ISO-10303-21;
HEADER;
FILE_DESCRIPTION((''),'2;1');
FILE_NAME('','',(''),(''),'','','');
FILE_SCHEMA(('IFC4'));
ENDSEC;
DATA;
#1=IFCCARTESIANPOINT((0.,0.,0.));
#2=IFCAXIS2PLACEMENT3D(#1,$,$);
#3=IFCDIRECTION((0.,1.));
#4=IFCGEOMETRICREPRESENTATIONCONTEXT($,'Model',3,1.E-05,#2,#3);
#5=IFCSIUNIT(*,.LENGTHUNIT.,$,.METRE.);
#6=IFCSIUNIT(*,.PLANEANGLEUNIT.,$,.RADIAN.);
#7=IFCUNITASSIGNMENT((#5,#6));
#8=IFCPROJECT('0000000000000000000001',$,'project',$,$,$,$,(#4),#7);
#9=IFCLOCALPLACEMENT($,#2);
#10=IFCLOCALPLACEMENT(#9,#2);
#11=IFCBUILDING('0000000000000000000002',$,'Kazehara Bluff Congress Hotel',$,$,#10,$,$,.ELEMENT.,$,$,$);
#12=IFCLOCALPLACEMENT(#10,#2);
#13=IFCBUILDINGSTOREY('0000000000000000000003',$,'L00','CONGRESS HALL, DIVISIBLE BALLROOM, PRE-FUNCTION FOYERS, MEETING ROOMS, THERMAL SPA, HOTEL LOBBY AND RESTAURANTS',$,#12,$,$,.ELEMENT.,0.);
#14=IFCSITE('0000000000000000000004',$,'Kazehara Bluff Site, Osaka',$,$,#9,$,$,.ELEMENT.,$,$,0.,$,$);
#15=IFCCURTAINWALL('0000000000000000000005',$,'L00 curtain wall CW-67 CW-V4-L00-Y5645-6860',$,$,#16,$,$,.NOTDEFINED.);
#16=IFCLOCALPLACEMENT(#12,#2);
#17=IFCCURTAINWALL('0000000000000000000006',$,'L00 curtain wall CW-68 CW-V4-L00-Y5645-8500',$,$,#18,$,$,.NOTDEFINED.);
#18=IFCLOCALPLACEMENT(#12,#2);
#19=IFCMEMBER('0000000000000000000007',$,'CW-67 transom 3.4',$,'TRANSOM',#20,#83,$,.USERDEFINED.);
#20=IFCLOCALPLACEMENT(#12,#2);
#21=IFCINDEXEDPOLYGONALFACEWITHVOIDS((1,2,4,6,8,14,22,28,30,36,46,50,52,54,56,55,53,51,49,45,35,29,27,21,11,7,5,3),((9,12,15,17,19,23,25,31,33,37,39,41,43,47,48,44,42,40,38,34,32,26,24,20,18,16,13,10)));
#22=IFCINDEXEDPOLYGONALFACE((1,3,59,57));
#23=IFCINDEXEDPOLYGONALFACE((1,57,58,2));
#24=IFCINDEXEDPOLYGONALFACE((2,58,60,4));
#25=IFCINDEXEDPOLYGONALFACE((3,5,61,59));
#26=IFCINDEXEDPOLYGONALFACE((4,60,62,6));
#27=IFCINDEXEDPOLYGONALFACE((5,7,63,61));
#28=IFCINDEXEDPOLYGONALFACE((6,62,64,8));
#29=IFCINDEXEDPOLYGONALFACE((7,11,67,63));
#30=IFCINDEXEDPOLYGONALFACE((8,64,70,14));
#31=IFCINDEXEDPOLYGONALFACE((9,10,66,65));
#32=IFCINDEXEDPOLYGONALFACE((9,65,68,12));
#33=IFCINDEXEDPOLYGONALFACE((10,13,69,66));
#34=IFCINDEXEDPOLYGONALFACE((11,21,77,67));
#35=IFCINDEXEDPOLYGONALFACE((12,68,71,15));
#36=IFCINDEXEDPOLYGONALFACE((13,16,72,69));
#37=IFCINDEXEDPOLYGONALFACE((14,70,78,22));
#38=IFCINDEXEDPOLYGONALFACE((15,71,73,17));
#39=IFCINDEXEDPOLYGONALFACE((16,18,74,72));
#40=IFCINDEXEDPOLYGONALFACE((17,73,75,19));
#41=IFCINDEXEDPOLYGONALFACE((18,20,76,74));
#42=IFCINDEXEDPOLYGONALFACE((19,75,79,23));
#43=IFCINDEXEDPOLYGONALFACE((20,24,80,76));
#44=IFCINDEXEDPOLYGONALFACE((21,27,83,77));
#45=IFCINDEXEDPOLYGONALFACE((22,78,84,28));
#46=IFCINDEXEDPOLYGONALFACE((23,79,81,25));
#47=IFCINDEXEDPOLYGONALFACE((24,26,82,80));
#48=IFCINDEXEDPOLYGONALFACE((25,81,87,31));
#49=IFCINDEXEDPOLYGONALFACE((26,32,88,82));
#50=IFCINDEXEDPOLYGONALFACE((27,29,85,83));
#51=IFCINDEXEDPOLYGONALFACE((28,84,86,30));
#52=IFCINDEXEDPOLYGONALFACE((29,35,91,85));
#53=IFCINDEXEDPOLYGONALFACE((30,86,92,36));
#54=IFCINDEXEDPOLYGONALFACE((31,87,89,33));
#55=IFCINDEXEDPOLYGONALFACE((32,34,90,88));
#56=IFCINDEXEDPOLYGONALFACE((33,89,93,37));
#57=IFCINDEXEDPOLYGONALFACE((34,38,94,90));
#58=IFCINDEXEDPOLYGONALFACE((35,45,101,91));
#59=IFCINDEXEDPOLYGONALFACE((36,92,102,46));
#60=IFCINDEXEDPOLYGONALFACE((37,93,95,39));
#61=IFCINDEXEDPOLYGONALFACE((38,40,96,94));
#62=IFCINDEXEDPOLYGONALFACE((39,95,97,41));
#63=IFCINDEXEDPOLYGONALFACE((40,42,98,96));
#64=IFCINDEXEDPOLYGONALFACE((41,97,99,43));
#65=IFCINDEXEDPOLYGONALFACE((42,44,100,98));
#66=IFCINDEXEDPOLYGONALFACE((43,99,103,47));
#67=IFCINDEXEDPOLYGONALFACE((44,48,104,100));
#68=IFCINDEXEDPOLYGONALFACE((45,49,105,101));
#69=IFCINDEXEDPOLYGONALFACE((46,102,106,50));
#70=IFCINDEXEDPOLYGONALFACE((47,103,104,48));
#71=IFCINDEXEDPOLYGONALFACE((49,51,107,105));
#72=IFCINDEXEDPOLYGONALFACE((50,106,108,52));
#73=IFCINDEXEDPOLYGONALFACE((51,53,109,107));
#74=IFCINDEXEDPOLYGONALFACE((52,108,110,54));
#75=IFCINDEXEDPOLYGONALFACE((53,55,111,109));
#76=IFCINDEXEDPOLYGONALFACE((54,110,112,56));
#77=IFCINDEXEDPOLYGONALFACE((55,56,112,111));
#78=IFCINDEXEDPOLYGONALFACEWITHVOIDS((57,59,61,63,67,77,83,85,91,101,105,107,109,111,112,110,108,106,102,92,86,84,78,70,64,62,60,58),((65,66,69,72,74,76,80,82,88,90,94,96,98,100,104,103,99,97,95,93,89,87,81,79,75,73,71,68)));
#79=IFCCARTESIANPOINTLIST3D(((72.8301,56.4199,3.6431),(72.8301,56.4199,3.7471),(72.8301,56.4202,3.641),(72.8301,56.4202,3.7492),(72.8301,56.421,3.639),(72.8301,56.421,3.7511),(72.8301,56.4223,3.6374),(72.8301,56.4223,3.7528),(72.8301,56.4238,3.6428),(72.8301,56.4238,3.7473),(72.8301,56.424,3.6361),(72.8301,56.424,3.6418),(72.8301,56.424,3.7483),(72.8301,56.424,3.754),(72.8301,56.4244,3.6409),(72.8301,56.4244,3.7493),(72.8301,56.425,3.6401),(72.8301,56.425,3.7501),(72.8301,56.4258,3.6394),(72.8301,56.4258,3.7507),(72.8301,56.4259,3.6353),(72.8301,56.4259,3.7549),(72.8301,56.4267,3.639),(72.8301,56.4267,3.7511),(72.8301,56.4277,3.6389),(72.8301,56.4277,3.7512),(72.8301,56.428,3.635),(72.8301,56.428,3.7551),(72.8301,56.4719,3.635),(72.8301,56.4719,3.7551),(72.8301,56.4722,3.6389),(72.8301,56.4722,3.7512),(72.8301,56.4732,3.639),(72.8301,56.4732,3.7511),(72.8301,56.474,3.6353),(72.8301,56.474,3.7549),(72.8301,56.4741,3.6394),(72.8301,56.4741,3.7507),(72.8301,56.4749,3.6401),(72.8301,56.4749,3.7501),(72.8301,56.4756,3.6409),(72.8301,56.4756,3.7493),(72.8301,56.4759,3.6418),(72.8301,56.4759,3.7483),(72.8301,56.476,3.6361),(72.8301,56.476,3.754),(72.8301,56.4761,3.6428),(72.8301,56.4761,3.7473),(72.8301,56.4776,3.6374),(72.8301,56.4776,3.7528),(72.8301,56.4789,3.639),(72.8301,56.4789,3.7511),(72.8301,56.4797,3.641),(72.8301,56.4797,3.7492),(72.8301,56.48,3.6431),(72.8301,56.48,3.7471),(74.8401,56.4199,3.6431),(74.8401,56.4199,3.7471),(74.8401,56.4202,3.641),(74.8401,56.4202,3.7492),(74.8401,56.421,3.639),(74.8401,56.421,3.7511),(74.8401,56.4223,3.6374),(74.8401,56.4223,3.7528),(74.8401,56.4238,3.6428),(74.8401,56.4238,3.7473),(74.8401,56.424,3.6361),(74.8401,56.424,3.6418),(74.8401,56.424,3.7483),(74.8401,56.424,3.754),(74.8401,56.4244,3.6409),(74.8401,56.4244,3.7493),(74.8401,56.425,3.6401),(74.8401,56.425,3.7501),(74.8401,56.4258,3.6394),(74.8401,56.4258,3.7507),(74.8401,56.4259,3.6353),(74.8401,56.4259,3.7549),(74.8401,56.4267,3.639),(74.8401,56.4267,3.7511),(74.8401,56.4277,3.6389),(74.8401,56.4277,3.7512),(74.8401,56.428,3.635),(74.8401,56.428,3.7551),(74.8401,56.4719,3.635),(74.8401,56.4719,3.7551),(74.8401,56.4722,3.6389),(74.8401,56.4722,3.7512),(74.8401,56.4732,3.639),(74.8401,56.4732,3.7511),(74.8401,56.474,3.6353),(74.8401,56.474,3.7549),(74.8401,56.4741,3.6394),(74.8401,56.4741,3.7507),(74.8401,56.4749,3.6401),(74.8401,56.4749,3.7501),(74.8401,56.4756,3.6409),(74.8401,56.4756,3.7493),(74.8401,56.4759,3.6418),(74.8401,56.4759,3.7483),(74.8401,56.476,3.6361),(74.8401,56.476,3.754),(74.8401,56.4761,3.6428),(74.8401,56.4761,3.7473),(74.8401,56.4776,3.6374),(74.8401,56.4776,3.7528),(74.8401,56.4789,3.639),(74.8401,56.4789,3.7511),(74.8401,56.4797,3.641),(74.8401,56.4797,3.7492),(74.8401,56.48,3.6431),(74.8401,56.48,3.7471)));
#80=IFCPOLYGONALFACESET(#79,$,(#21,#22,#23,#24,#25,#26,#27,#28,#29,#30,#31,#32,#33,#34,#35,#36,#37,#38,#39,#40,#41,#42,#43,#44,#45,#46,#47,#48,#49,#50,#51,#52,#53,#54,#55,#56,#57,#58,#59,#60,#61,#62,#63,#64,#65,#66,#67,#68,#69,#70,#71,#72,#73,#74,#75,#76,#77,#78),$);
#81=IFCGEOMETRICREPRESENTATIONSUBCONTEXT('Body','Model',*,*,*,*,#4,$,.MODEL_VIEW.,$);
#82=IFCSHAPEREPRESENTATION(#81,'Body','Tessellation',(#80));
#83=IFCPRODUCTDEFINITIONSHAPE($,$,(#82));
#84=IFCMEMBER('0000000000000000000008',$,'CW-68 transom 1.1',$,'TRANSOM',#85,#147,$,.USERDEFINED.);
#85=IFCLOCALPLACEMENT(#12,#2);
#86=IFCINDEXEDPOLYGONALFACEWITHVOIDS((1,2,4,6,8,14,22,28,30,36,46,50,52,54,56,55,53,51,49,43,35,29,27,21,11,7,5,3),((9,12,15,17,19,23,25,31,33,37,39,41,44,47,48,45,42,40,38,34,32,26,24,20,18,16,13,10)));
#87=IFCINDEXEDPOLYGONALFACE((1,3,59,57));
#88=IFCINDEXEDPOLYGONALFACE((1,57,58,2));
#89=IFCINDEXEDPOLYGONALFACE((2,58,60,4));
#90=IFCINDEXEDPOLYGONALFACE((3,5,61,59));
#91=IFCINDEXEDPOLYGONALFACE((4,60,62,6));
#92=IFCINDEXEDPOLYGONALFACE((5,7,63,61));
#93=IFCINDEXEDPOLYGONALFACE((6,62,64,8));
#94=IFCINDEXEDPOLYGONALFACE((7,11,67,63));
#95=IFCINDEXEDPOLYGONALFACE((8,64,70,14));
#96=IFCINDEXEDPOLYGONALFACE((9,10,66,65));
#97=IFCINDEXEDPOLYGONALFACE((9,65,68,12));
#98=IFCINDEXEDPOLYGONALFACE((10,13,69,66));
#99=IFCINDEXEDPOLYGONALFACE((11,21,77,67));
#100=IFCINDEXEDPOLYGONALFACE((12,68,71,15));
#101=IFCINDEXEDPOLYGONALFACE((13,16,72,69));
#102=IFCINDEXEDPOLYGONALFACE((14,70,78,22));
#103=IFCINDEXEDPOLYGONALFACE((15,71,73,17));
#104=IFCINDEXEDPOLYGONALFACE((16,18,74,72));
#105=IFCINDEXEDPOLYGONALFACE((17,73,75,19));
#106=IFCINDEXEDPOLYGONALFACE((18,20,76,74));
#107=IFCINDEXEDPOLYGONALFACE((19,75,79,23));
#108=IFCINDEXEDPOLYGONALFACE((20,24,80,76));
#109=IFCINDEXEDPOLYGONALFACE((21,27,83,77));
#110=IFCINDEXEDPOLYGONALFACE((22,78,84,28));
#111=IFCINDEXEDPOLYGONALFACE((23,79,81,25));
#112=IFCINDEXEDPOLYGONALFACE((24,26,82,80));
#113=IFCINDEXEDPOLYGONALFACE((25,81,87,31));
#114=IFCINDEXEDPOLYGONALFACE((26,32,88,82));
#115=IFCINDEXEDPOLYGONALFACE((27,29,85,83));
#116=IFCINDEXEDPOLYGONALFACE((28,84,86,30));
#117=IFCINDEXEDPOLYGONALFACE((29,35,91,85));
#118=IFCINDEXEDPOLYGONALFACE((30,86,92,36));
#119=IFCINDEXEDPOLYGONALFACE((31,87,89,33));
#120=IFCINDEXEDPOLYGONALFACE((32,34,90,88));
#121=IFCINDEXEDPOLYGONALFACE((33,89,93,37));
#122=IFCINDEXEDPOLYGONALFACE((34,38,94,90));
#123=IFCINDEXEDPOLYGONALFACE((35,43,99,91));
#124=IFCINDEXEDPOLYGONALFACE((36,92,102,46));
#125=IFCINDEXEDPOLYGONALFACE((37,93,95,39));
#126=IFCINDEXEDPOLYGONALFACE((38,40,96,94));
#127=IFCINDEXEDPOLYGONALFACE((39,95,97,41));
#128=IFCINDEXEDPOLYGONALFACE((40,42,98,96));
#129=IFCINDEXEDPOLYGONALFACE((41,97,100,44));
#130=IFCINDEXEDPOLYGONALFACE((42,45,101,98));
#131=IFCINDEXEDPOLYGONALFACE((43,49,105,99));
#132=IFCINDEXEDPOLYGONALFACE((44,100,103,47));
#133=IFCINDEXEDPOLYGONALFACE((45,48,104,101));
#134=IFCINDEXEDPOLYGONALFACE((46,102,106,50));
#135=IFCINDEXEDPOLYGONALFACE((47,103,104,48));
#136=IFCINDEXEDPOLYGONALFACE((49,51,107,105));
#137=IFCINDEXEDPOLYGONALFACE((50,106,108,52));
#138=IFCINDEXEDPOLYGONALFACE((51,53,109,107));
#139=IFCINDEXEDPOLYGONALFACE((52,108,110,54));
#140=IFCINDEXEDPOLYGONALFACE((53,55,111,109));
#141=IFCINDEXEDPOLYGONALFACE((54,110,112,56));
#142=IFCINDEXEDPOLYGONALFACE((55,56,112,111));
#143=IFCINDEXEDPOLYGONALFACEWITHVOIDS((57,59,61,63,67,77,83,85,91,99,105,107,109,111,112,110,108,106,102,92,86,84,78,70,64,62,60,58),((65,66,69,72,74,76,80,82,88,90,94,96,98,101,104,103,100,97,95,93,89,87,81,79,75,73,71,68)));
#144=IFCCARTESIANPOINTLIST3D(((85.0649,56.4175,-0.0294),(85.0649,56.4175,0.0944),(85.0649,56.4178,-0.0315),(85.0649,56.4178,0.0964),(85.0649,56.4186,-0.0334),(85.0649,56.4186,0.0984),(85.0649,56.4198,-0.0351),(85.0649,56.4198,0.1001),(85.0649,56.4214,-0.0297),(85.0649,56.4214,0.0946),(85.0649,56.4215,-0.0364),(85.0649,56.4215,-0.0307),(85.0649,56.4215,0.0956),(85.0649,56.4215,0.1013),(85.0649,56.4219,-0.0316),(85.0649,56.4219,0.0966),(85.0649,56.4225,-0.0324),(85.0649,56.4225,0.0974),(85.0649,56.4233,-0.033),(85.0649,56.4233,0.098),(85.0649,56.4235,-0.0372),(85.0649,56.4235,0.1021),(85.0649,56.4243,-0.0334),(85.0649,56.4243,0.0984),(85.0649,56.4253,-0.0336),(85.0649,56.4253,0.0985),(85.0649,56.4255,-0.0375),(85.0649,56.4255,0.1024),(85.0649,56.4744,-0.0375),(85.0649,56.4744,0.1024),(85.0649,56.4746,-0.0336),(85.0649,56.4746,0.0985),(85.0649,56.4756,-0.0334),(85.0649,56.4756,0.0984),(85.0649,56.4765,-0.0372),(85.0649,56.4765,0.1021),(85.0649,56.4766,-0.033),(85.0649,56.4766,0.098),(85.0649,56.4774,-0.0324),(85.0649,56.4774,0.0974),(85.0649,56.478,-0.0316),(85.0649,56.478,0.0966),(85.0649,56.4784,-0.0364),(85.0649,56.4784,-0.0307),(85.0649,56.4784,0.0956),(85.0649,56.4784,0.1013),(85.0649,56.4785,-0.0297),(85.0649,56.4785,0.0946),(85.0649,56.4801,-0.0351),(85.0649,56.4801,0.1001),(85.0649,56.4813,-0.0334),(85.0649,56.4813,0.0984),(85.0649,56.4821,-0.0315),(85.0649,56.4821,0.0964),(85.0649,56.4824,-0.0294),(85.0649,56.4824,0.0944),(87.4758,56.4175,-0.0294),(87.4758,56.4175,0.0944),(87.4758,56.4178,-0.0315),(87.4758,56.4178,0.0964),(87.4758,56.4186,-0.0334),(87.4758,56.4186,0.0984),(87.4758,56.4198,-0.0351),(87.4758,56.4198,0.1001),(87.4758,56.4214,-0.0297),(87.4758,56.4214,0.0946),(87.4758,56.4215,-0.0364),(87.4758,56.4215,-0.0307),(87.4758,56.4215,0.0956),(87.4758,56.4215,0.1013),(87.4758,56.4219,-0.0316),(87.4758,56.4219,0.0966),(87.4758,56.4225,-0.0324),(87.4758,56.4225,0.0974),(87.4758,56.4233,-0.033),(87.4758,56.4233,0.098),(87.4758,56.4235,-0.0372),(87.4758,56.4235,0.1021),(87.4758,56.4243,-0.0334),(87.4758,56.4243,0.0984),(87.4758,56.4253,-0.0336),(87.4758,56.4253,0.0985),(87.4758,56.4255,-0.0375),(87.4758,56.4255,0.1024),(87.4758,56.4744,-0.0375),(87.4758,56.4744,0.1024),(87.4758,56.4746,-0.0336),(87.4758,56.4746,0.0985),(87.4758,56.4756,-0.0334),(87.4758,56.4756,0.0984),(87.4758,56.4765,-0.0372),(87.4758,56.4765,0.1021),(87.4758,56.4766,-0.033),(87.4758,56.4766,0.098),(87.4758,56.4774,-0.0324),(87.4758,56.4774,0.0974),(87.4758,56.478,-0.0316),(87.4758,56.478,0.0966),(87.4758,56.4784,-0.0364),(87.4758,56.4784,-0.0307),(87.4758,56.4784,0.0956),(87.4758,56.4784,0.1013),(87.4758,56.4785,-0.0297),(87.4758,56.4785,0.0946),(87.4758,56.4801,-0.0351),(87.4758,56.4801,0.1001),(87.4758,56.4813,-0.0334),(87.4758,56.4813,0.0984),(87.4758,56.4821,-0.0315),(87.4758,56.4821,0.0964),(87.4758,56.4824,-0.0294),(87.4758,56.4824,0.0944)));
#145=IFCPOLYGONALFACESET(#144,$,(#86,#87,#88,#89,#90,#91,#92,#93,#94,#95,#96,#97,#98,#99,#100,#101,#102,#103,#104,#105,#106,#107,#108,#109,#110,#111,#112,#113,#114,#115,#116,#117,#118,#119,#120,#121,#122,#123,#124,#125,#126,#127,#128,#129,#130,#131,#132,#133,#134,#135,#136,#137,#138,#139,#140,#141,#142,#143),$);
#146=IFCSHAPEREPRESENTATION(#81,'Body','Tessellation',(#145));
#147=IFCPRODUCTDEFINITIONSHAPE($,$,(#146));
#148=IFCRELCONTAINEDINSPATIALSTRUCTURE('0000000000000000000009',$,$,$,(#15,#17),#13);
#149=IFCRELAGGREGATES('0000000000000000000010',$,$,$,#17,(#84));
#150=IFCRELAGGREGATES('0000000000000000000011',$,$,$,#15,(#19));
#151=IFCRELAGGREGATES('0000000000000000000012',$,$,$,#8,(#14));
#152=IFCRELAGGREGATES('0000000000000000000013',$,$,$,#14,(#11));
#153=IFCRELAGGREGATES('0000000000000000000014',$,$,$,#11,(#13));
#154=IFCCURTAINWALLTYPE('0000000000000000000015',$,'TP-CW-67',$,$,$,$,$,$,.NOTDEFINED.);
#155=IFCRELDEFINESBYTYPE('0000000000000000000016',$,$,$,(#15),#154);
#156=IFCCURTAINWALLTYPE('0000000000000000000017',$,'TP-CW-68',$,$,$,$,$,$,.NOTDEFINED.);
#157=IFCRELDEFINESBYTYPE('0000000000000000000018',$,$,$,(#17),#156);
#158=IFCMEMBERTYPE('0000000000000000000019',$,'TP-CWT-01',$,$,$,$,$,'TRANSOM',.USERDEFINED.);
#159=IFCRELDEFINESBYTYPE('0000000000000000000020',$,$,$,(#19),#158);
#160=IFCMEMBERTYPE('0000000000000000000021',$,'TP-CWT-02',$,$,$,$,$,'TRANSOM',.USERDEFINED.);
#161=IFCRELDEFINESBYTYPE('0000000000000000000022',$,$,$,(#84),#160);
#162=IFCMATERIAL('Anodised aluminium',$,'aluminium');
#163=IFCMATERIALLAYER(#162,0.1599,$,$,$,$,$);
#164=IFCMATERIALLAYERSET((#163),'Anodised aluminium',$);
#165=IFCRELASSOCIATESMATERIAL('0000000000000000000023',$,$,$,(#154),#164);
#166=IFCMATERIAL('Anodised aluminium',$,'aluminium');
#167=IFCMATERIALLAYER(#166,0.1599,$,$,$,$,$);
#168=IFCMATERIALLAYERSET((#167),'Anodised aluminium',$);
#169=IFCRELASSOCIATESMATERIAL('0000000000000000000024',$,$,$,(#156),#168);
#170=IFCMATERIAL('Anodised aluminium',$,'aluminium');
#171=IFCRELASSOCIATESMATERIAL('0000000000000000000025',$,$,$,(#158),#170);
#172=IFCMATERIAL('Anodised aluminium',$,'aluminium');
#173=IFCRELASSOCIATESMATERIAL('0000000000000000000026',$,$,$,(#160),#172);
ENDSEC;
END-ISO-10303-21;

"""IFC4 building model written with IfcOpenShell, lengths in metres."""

from ifc_helpers import new_model, si_unit, direction, frame, origin, origin_2d, place, context, subcontext, project, spatial, hollow_rectangle, extrude, material, layer, layer_set, material_profile, profile_set, type_object, element, aggregate, save


model = new_model("IFC4")

# Units and contexts
model_context = context("Model", 3, precision=1e-05, world=origin(), true_north=direction((0.0, 1.0)))
body_context = subcontext(model_context, "Body", "Model", "MODEL_VIEW")
ifc_project = project(units=[si_unit("LENGTHUNIT", "METRE"), si_unit("PLANEANGLEUNIT", "RADIAN")], contexts=[model_context])

# Site, building, storey
site_placement = place(None, origin())
site = spatial("IfcSite", under=ifc_project, at=site_placement, Name="Kazehara Bluff Site, Osaka", CompositionType="ELEMENT", RefElevation=0.0)
building_placement = place(site_placement, origin())
building = spatial("IfcBuilding", under=site, at=building_placement, Name="Kazehara Bluff Congress Hotel", CompositionType="ELEMENT")
storey_placement = place(building_placement, origin())
storey = spatial("IfcBuildingStorey", under=building, at=storey_placement, Name="L00", Description="CONGRESS HALL, DIVISIBLE BALLROOM, PRE-FUNCTION FOYERS, MEETING ROOMS, THERMAL SPA, HOTEL LOBBY AND RESTAURANTS", CompositionType="ELEMENT", Elevation=0.0)

# Curtain wall
ifc_material_1 = material(Name="Anodised aluminium", Category="aluminium")
ifc_layer_1 = layer(ifc_material_1, 0.1599)
ifc_layer_set_1 = layer_set([ifc_layer_1], Name="Anodised aluminium")
curtain_wall_type_1 = type_object("IfcCurtainWallType", Name="TP-CW-67", PredefinedType="NOTDEFINED", material=ifc_layer_set_1)
curtain_wall_1_placement = place(storey_placement, origin())
curtain_wall_1 = element("IfcCurtainWall", 1, at=curtain_wall_1_placement, inside=storey, type_object=curtain_wall_type_1, Name="L00 curtain wall CW-67 CW-V4-L00-Y5645-6860", PredefinedType="NOTDEFINED")

# Curtain wall
ifc_material_2 = material(Name="Anodised aluminium", Category="aluminium")
ifc_layer_2 = layer(ifc_material_2, 0.1599)
ifc_layer_set_2 = layer_set([ifc_layer_2], Name="Anodised aluminium")
curtain_wall_type_2 = type_object("IfcCurtainWallType", Name="TP-CW-68", PredefinedType="NOTDEFINED", material=ifc_layer_set_2)
curtain_wall_2_placement = place(storey_placement, origin())
curtain_wall_2 = element("IfcCurtainWall", 2, at=curtain_wall_2_placement, inside=storey, type_object=curtain_wall_type_2, Name="L00 curtain wall CW-68 CW-V4-L00-Y5645-8500", PredefinedType="NOTDEFINED")

# Members
ifc_material_3 = material(Name="Anodised aluminium", Category="aluminium")
ifc_material_profile_1 = material_profile(ifc_material_3, hollow_rectangle(XDim=0.0601, YDim=0.1201, WallThickness=0.0039, InnerFilletRadius=0.0039, OuterFilletRadius=0.0081, at=origin_2d()))
ifc_profile_set_1 = profile_set([ifc_material_profile_1], Name="Anodised aluminium")
member_type_1 = type_object("IfcMemberType", Name="TP-CWT-01", ElementType="TRANSOM", PredefinedType="USERDEFINED", material=ifc_profile_set_1)
member_1_placement = place(storey_placement, frame((72.8301, 56.45, 3.6951), z_axis=(1.0, 0.0, 0.0), x_axis=(0.0, 1.0, 0.0)))
member_1 = element("IfcMember", 3, at=member_1_placement, type_object=member_type_1, Name="CW-67 transom 3.4", ObjectType="TRANSOM", PredefinedType="USERDEFINED", context=body_context, shape_type="SweptSolid", body=[
    extrude(hollow_rectangle(XDim=0.0601, YDim=0.1201, WallThickness=0.0039, InnerFilletRadius=0.0039, OuterFilletRadius=0.0081, at=origin_2d()), origin(), (0.0, 0.0, 1.0), 2.01),
])
ifc_material_4 = material(Name="Anodised aluminium", Category="aluminium")
ifc_material_profile_2 = material_profile(ifc_material_4, hollow_rectangle(XDim=0.0649, YDim=0.1399, WallThickness=0.0039, InnerFilletRadius=0.0039, OuterFilletRadius=0.0081, at=origin_2d()))
ifc_profile_set_2 = profile_set([ifc_material_profile_2], Name="Anodised aluminium")
member_type_2 = type_object("IfcMemberType", Name="TP-CWT-02", ElementType="TRANSOM", PredefinedType="USERDEFINED", material=ifc_profile_set_2)
member_2_placement = place(storey_placement, frame((85.0649, 56.45, 0.0325), z_axis=(1.0, 0.0, 0.0), x_axis=(0.0, 1.0, 0.0)))
member_2 = element("IfcMember", 4, at=member_2_placement, type_object=member_type_2, Name="CW-68 transom 1.1", ObjectType="TRANSOM", PredefinedType="USERDEFINED", context=body_context, shape_type="SweptSolid", body=[
    extrude(hollow_rectangle(XDim=0.0649, YDim=0.1399, WallThickness=0.0039, InnerFilletRadius=0.0039, OuterFilletRadius=0.0081, at=origin_2d()), origin(), (0.0, 0.0, 1.0), 2.4109),
])
aggregate(curtain_wall_2, [member_2])

aggregate(curtain_wall_1, [member_1])

save(model, "model.ifc")
